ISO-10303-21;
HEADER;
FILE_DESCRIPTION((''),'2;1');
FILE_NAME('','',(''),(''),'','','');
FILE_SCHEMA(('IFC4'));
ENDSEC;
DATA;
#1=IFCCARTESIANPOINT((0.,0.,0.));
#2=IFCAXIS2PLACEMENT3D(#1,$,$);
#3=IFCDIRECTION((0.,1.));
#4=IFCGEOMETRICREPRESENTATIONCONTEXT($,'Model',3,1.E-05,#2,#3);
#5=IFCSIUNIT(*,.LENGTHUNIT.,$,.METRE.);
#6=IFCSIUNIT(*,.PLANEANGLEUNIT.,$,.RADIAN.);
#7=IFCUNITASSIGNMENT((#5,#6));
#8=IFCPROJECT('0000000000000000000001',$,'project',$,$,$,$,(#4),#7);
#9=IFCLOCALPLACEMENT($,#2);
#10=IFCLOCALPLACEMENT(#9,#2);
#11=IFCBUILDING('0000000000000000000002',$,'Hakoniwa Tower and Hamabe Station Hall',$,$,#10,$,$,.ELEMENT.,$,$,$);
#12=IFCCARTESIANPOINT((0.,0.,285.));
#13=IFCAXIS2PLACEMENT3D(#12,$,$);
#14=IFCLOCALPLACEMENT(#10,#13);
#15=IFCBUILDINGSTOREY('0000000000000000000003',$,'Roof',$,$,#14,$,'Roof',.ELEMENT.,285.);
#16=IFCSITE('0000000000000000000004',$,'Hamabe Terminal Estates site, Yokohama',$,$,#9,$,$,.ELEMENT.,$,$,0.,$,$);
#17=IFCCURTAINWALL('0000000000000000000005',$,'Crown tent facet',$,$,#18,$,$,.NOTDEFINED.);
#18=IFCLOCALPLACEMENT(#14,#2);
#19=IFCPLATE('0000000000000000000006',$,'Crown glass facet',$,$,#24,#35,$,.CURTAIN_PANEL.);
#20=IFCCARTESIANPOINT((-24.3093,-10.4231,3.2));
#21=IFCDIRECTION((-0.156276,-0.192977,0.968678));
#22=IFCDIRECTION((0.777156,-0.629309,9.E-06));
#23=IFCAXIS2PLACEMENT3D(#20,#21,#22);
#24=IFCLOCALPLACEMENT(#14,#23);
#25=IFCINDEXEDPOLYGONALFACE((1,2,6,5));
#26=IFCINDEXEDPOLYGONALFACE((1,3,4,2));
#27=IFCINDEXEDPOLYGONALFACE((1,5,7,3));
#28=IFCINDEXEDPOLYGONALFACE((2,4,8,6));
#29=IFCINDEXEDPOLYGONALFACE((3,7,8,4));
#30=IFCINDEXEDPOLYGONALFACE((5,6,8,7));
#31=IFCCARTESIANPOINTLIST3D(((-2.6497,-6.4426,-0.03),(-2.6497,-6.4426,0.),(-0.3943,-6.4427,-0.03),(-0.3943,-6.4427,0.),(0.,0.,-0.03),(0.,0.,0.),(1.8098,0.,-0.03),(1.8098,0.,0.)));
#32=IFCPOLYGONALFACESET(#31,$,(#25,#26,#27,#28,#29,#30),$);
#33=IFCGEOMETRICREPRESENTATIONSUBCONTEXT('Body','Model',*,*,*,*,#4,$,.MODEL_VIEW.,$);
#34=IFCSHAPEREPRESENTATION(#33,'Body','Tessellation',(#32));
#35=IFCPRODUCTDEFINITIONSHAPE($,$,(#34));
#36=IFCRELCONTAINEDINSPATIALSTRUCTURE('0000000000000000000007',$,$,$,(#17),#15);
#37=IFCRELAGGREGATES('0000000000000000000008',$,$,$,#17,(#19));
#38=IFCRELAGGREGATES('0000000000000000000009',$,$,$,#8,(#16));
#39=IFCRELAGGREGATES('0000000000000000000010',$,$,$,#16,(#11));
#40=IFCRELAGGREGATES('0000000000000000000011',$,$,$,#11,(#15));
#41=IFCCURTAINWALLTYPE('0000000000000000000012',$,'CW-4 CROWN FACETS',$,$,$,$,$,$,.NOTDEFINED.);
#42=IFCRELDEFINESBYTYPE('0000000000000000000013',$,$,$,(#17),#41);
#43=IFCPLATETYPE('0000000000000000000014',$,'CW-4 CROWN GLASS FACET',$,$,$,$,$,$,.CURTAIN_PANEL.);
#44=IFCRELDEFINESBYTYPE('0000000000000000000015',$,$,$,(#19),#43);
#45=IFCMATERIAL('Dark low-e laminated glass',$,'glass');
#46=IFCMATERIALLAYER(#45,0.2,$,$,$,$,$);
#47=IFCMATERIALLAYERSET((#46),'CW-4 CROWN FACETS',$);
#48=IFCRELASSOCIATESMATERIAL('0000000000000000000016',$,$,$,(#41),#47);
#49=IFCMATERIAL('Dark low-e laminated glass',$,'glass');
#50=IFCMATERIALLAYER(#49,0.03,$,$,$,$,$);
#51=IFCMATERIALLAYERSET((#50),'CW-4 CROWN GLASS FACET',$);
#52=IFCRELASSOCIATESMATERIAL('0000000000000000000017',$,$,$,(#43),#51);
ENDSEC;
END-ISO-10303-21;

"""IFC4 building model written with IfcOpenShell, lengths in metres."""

from ifc_helpers import new_model, si_unit, direction, frame, origin, place, context, subcontext, project, spatial, polyline, outline, extrude, material, layer, layer_set, type_object, element, aggregate, save


model = new_model("IFC4")

# Units and contexts
model_context = context("Model", 3, precision=1e-05, world=origin(), true_north=direction((0.0, 1.0)))
body_context = subcontext(model_context, "Body", "Model", "MODEL_VIEW")
ifc_project = project(units=[si_unit("LENGTHUNIT", "METRE"), si_unit("PLANEANGLEUNIT", "RADIAN")], contexts=[model_context])

# Site, building, storey
site_placement = place(None, origin())
site = spatial("IfcSite", under=ifc_project, at=site_placement, Name="Hamabe Terminal Estates site, Yokohama", CompositionType="ELEMENT", RefElevation=0.0)
building_placement = place(site_placement, origin())
building = spatial("IfcBuilding", under=site, at=building_placement, Name="Hakoniwa Tower and Hamabe Station Hall", CompositionType="ELEMENT")
storey_placement = place(building_placement, frame((0.0, 0.0, 285.0)))
storey = spatial("IfcBuildingStorey", under=building, at=storey_placement, Name="Roof", LongName="Roof", CompositionType="ELEMENT", Elevation=285.0)

# Shared definitions
ifc_material_1 = material(Name="Dark low-e laminated glass", Category="glass")
ifc_layer_1 = layer(ifc_material_1, 0.2)
ifc_layer_set_1 = layer_set([ifc_layer_1], Name="CW-4 CROWN FACETS")
curtain_wall_type = type_object("IfcCurtainWallType", Name="CW-4 CROWN FACETS", PredefinedType="NOTDEFINED", material=ifc_layer_set_1)

# Shared definitions
ifc_material_2 = material(Name="Dark low-e laminated glass", Category="glass")
ifc_layer_2 = layer(ifc_material_2, 0.03)
ifc_layer_set_2 = layer_set([ifc_layer_2], Name="CW-4 CROWN GLASS FACET")
plate_type = type_object("IfcPlateType", Name="CW-4 CROWN GLASS FACET", PredefinedType="CURTAIN_PANEL", material=ifc_layer_set_2)

# Curtain wall, plate
curtain_wall_1_placement = place(storey_placement, origin())
curtain_wall_1 = element("IfcCurtainWall", 1, at=curtain_wall_1_placement, inside=storey, type_object=curtain_wall_type, Name="Crown tent facet", PredefinedType="NOTDEFINED")
plate_1_placement = place(storey_placement, frame((-24.3093, -10.4231, 3.2), z_axis=(-0.156276, -0.192977, 0.968678), x_axis=(0.777156, -0.629309, 0.000009)))
plate_1 = element("IfcPlate", 2, at=plate_1_placement, type_object=plate_type, Name="Crown glass facet", PredefinedType="CURTAIN_PANEL", context=body_context, shape_type="SweptSolid", body=[
    extrude(outline(polyline([(0.0, 0.0), (1.8098, 0.0), (-0.3943, -6.4427), (-2.6497, -6.4426), (0.0, 0.0)])), origin(), (0.0, 0.0, -1.0), 0.03),
])
aggregate(curtain_wall_1, [plate_1])

save(model, "model.ifc")
